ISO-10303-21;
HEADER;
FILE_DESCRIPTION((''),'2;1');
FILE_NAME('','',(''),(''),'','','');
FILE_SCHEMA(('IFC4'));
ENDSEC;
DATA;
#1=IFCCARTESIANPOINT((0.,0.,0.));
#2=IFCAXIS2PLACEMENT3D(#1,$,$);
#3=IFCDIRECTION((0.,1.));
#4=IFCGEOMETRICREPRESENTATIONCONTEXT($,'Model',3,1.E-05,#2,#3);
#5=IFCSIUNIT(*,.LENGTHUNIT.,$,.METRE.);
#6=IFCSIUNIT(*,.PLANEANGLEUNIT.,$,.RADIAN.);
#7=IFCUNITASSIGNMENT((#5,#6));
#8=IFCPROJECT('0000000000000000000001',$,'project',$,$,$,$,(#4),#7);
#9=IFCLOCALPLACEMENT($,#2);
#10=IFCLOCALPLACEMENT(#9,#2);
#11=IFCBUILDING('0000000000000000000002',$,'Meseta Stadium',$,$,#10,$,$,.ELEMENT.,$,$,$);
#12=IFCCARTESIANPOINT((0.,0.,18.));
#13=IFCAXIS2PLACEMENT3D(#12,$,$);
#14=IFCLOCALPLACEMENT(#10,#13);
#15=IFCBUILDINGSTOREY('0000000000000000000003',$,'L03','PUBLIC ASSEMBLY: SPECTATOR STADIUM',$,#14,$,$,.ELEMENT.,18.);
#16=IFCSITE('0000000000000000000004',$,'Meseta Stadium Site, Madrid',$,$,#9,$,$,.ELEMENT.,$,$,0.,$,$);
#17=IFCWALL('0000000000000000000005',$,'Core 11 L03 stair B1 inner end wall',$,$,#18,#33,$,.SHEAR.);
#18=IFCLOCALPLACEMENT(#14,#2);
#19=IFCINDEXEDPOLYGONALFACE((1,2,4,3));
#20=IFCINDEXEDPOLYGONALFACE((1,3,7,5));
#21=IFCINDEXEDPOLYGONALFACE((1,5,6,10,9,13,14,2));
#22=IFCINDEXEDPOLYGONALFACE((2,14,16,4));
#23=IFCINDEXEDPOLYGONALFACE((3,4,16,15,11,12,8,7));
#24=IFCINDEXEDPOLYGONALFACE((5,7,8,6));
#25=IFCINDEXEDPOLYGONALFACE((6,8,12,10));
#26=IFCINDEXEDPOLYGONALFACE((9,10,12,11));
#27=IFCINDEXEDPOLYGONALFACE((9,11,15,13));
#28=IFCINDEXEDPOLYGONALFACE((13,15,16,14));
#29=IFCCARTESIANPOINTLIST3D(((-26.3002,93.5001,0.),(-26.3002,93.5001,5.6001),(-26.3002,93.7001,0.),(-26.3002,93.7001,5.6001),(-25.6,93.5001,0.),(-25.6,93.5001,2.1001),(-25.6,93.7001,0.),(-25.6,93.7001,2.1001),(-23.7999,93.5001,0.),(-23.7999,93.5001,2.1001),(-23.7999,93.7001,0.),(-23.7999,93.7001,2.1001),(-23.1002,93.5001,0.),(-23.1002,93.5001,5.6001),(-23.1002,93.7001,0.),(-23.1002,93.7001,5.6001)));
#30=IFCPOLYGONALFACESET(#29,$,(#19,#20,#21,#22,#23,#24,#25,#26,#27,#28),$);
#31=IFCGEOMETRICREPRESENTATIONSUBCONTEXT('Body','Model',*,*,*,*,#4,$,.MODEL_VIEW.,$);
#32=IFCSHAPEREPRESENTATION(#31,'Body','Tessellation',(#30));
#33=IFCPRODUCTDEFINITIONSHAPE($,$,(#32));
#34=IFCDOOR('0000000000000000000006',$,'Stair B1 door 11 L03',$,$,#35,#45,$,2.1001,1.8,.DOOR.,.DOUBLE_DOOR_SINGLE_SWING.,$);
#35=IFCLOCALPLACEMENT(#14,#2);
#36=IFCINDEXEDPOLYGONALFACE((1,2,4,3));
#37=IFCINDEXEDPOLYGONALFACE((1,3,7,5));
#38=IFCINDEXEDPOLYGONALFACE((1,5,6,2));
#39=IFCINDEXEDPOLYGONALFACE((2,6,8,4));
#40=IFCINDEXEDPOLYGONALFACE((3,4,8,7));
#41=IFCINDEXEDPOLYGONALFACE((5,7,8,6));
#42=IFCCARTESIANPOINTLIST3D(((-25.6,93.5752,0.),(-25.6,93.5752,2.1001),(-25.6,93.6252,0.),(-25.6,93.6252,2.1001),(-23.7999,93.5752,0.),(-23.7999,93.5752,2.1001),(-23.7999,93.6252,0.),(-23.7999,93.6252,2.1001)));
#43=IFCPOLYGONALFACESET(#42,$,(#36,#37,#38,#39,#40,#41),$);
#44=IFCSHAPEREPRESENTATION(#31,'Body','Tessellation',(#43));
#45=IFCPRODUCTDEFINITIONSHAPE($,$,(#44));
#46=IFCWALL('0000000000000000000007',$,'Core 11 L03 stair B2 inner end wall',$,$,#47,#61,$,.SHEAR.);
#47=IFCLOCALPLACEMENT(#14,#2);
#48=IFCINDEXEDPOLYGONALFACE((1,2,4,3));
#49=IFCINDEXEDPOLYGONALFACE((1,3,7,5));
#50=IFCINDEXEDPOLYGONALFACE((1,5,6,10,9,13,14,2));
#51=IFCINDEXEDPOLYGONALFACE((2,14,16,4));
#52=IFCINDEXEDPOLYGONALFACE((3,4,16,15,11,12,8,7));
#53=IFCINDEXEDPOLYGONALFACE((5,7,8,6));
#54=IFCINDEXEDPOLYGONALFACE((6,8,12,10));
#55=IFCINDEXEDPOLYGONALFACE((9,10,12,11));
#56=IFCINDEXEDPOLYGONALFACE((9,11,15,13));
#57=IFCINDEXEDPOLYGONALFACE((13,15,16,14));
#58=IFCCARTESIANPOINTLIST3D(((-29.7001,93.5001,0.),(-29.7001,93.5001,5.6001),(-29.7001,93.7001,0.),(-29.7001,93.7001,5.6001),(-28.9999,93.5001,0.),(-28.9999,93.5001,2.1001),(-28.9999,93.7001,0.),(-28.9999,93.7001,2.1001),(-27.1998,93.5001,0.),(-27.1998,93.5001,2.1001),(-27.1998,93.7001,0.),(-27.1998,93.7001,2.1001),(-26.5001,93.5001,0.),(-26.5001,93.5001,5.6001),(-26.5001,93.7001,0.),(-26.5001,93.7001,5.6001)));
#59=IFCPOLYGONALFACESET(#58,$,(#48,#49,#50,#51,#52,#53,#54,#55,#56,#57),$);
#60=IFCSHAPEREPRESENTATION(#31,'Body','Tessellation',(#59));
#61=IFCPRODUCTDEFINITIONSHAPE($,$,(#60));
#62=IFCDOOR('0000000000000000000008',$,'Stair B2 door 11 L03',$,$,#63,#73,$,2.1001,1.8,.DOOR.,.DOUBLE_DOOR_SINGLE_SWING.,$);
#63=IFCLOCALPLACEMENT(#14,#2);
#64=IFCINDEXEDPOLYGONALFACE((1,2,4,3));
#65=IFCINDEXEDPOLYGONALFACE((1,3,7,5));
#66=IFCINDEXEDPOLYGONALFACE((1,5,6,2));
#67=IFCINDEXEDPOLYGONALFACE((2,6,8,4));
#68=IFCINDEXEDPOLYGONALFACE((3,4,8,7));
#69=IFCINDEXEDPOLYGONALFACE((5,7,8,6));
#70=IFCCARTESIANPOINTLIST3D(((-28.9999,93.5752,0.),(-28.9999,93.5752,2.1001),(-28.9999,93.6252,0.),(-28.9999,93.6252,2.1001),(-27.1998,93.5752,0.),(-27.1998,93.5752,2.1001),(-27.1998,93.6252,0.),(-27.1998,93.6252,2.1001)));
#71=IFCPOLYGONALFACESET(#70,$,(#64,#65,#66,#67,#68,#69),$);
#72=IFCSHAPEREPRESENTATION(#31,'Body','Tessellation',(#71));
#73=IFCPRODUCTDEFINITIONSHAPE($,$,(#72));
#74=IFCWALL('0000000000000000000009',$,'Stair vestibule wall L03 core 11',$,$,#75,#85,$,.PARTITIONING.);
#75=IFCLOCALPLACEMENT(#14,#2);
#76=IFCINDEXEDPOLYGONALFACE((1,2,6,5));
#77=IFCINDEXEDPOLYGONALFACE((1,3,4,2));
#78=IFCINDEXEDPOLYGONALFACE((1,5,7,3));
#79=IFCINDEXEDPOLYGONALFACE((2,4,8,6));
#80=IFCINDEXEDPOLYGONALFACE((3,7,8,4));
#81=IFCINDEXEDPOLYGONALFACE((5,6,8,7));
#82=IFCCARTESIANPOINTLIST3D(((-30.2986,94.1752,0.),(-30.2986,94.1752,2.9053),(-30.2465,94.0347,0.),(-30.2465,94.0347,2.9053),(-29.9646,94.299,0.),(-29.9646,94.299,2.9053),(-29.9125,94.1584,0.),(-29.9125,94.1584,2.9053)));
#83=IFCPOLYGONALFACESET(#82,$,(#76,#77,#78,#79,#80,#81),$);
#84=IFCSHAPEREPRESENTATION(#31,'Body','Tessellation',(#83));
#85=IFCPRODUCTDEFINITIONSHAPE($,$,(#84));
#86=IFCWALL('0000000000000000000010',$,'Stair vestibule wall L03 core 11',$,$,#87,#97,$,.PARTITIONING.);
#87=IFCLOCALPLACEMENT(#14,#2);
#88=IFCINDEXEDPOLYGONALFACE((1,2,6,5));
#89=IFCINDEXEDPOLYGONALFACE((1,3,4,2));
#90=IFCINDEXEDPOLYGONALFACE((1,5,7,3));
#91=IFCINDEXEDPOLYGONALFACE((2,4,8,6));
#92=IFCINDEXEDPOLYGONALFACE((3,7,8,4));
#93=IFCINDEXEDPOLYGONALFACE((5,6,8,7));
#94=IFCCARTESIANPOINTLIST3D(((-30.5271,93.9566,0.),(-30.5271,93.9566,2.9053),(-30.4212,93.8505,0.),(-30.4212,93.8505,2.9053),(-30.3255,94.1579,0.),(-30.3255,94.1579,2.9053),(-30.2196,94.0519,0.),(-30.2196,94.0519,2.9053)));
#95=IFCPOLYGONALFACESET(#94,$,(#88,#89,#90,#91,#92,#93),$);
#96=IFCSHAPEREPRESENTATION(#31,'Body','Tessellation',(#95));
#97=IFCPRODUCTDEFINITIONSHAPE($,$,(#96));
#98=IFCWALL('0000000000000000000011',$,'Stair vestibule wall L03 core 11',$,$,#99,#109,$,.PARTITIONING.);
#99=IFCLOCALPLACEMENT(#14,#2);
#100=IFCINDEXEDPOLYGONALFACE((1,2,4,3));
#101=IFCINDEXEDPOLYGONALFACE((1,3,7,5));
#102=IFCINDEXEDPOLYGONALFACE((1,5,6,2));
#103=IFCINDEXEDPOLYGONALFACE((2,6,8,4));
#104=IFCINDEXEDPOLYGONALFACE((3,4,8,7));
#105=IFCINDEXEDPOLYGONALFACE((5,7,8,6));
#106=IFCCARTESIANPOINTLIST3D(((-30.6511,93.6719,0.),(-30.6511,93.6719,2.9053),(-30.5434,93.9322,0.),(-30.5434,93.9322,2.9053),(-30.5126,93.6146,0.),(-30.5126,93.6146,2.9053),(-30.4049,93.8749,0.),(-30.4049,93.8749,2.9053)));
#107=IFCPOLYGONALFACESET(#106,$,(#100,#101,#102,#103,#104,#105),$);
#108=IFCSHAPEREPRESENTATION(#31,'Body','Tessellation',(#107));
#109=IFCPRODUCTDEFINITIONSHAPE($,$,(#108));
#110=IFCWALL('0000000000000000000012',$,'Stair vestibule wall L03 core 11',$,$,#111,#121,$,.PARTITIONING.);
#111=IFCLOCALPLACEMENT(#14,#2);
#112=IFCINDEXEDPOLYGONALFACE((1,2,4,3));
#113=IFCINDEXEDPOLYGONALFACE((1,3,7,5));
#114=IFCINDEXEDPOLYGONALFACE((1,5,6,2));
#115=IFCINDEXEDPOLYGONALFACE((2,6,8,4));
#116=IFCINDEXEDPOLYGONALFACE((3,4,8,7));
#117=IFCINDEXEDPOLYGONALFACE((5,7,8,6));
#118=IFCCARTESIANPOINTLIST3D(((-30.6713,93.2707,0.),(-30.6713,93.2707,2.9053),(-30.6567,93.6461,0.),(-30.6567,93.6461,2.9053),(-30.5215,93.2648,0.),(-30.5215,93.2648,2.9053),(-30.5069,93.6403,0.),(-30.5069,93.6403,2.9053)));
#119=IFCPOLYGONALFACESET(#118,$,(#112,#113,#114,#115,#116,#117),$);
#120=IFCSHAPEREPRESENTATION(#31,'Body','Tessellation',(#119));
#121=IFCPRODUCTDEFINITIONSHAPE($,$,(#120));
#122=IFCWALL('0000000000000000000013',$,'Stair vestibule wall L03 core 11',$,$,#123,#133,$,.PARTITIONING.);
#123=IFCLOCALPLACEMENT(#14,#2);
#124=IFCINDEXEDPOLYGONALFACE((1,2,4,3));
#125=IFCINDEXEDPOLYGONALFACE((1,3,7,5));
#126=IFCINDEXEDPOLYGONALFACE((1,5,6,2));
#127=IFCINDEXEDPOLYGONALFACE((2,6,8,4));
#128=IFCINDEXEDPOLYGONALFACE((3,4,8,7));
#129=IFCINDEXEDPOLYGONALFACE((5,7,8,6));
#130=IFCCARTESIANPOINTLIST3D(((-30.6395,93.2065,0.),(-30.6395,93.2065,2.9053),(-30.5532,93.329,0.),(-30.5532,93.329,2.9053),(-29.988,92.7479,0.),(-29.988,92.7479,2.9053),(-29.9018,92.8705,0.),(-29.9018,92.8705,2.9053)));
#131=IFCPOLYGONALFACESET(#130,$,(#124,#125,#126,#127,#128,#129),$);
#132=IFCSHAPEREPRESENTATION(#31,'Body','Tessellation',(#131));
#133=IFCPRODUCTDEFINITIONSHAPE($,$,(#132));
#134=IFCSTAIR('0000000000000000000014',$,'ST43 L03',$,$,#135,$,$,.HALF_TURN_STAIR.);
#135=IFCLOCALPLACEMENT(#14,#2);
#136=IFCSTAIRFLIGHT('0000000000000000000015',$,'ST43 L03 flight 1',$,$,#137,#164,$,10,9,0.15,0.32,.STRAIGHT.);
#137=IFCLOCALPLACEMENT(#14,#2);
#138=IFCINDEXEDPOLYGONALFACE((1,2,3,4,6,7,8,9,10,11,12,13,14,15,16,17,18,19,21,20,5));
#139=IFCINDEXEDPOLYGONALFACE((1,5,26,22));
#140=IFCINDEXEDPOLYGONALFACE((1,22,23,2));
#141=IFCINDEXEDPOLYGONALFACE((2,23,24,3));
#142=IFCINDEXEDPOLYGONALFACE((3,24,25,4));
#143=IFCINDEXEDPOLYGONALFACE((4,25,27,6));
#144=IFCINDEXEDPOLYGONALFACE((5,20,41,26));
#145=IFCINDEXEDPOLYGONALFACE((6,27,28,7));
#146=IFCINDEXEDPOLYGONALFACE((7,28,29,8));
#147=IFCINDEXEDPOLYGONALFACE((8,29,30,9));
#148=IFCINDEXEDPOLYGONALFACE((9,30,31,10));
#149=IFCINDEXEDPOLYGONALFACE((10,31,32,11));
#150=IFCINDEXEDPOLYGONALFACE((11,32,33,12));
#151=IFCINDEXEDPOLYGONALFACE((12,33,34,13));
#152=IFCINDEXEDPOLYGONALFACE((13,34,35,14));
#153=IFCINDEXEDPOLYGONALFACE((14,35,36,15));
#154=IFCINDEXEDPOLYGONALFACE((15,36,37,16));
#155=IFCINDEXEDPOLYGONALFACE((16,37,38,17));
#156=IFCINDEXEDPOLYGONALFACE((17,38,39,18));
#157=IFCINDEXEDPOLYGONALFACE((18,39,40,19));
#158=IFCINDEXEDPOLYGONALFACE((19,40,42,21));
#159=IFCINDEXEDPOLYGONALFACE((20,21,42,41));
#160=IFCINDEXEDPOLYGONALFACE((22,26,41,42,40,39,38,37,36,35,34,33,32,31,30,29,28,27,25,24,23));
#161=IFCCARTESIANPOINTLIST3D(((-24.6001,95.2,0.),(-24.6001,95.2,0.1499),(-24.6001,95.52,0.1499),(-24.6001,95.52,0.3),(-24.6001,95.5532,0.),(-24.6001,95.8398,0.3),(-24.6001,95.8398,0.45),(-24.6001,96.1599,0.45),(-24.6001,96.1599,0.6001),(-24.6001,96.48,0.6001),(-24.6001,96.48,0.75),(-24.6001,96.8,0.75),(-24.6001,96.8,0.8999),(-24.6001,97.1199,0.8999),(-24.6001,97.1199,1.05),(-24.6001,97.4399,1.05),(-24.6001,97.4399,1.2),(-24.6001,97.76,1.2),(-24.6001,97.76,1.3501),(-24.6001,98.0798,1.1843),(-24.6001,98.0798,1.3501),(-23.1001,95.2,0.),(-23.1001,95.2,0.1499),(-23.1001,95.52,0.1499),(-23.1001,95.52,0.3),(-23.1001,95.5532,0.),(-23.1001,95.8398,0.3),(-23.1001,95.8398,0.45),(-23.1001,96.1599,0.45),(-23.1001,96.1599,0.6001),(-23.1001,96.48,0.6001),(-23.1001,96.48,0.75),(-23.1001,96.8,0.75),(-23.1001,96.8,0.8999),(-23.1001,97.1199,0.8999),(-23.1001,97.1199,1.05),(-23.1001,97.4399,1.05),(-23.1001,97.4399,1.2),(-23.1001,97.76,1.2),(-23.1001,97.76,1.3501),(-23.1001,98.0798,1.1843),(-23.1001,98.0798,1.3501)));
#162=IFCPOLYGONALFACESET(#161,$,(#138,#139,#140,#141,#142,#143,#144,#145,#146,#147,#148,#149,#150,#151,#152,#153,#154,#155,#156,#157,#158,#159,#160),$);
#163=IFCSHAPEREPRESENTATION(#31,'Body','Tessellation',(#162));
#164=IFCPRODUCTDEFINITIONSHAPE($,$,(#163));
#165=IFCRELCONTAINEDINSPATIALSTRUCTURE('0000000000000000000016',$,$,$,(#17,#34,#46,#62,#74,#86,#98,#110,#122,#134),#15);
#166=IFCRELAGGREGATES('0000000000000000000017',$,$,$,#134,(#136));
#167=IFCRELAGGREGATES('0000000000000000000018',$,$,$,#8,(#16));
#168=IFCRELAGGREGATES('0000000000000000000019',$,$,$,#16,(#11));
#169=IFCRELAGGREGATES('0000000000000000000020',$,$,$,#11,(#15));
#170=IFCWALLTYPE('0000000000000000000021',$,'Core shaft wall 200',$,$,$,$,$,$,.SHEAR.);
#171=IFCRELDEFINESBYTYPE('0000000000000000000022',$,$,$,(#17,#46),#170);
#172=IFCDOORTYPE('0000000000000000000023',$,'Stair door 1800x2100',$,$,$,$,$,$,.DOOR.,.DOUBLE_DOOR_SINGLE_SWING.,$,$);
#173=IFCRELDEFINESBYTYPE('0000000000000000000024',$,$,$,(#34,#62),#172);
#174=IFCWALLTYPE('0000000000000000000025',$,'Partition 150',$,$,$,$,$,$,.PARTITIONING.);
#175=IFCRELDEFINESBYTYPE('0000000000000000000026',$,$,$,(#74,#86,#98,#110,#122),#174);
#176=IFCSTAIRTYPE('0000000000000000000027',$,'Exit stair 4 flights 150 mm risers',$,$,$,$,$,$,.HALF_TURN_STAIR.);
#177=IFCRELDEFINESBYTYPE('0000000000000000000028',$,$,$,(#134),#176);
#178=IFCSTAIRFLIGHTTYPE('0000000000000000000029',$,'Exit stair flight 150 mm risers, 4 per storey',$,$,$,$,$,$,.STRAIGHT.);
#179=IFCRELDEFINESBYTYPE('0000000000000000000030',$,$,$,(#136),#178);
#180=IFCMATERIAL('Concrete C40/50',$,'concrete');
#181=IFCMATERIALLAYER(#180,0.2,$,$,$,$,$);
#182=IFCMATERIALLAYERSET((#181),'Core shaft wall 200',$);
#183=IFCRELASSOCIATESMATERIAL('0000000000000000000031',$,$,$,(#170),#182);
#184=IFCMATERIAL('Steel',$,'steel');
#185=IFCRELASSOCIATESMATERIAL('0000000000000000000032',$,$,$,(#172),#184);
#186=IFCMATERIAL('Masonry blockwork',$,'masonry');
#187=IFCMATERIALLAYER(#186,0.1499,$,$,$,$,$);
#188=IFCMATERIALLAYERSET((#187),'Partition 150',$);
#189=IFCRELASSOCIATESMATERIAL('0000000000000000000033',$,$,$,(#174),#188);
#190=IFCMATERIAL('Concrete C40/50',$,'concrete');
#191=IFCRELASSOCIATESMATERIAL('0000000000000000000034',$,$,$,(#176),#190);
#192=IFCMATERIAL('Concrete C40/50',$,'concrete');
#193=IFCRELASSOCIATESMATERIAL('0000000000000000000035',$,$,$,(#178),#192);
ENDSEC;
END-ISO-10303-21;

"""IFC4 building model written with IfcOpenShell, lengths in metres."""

from ifc_helpers import new_model, si_unit, direction, frame, frame_2d, origin, place, context, subcontext, project, spatial, polyline, rectangle, outline, extrude, material, layer, layer_set, type_object, element, fill, aggregate, save


model = new_model("IFC4")

# Units and contexts
model_context = context("Model", 3, precision=1e-05, world=origin(), true_north=direction((0.0, 1.0)))
body_context = subcontext(model_context, "Body", "Model", "MODEL_VIEW")
ifc_project = project(units=[si_unit("LENGTHUNIT", "METRE"), si_unit("PLANEANGLEUNIT", "RADIAN")], contexts=[model_context])

# Site, building, storey
site_placement = place(None, origin())
site = spatial("IfcSite", under=ifc_project, at=site_placement, Name="Meseta Stadium Site, Madrid", CompositionType="ELEMENT", RefElevation=0.0)
building_placement = place(site_placement, origin())
building = spatial("IfcBuilding", under=site, at=building_placement, Name="Meseta Stadium", CompositionType="ELEMENT")
storey_placement = place(building_placement, frame((0.0, 0.0, 18.0)))
storey = spatial("IfcBuildingStorey", under=building, at=storey_placement, Name="L03", Description="PUBLIC ASSEMBLY: SPECTATOR STADIUM", CompositionType="ELEMENT", Elevation=18.0)

# Walls, openings, doors
ifc_material_1 = material(Name="Concrete C40/50", Category="concrete")
ifc_layer_1 = layer(ifc_material_1, 0.2)
ifc_layer_set_1 = layer_set([ifc_layer_1], Name="Core shaft wall 200")
wall_type_1 = type_object("IfcWallType", Name="Core shaft wall 200", PredefinedType="SHEAR", material=ifc_layer_set_1)
wall_1_placement = place(storey_placement, frame((-23.1001, 93.6001, 0.0), z_axis=(0.0, 0.0, 1.0), x_axis=(-1.0, 0.0, 0.0)))
wall_1 = element("IfcWall", 1, at=wall_1_placement, inside=storey, type_object=wall_type_1, Name="Core 11 L03 stair B1 inner end wall", PredefinedType="SHEAR", context=body_context, shape_type="SweptSolid", body=[
    extrude(rectangle(XDim=3.2, YDim=0.2, at=frame_2d((1.6001, 0.0))), origin(), (0.0, 0.0, 1.0), 5.6001),
])
opening_1_placement = place(wall_1_placement, frame((0.7, 0.0, 0.0)))
opening_1 = element("IfcOpeningElement", 2, at=opening_1_placement, cuts=wall_1, PredefinedType="OPENING", context=body_context, shape_type="SweptSolid", body=[
    extrude(rectangle(XDim=1.8, YDim=2.1001, at=frame_2d((0.8999, 1.05))), frame((0.0, 0.1099, 0.0), z_axis=(0.0, -1.0, 0.0), x_axis=(1.0, 0.0, 0.0)), (0.0, 0.0, 1.0), 0.22),
])
ifc_material_2 = material(Name="Steel", Category="steel")
door_type = type_object("IfcDoorType", Name="Stair door 1800x2100", OperationType="DOUBLE_DOOR_SINGLE_SWING", PredefinedType="DOOR", material=ifc_material_2)
door_1_placement = place(opening_1_placement, origin())
door_1 = element("IfcDoor", 3, at=door_1_placement, inside=storey, type_object=door_type, Name="Stair B1 door 11 L03", OperationType="DOUBLE_DOOR_SINGLE_SWING", OverallHeight=2.1001, OverallWidth=1.8, PredefinedType="DOOR", context=body_context, shape_type="SweptSolid", body=[
    extrude(rectangle(XDim=1.8, YDim=2.1001, at=frame_2d((0.8999, 1.05))), frame((0.0, 0.0249, 0.0), z_axis=(0.0, -1.0, 0.0), x_axis=(1.0, 0.0, 0.0)), (0.0, 0.0, 1.0), 0.05),
])
fill(opening_1, door_1)
wall_2_placement = place(storey_placement, frame((-26.5, 93.6001, 0.0), z_axis=(0.0, 0.0, 1.0), x_axis=(-1.0, 0.0, 0.0)))
wall_2 = element("IfcWall", 4, at=wall_2_placement, inside=storey, type_object=wall_type_1, Name="Core 11 L03 stair B2 inner end wall", PredefinedType="SHEAR", context=body_context, shape_type="SweptSolid", body=[
    extrude(rectangle(XDim=3.2, YDim=0.2, at=frame_2d((1.6001, 0.0))), origin(), (0.0, 0.0, 1.0), 5.6001),
])
opening_2_placement = place(wall_2_placement, frame((0.7, 0.0, 0.0)))
opening_2 = element("IfcOpeningElement", 5, at=opening_2_placement, cuts=wall_2, PredefinedType="OPENING", context=body_context, shape_type="SweptSolid", body=[
    extrude(rectangle(XDim=1.8, YDim=2.1001, at=frame_2d((0.8999, 1.05))), frame((0.0, 0.1099, 0.0), z_axis=(0.0, -1.0, 0.0), x_axis=(1.0, 0.0, 0.0)), (0.0, 0.0, 1.0), 0.22),
])
door_2_placement = place(opening_2_placement, origin())
door_2 = element("IfcDoor", 6, at=door_2_placement, inside=storey, type_object=door_type, Name="Stair B2 door 11 L03", OperationType="DOUBLE_DOOR_SINGLE_SWING", OverallHeight=2.1001, OverallWidth=1.8, PredefinedType="DOOR", context=body_context, shape_type="SweptSolid", body=[
    extrude(rectangle(XDim=1.8, YDim=2.1001, at=frame_2d((0.8999, 1.05))), frame((0.0, 0.0249, 0.0), z_axis=(0.0, -1.0, 0.0), x_axis=(1.0, 0.0, 0.0)), (0.0, 0.0, 1.0), 0.05),
])
fill(opening_2, door_2)

# Walls
ifc_material_3 = material(Name="Masonry blockwork", Category="masonry")
ifc_layer_2 = layer(ifc_material_3, 0.1499)
ifc_layer_set_2 = layer_set([ifc_layer_2], Name="Partition 150")
wall_type_2 = type_object("IfcWallType", Name="Partition 150", PredefinedType="PARTITIONING", material=ifc_layer_set_2)
wall_3_placement = place(storey_placement, frame((-29.9385, 94.2288, 0.0), z_axis=(0.0, 0.0, 1.0), x_axis=(-0.937674, -0.347515, 0.0)))
element("IfcWall", 7, at=wall_3_placement, inside=storey, type_object=wall_type_2, Name="Stair vestibule wall L03 core 11", PredefinedType="PARTITIONING", context=body_context, shape_type="SweptSolid", body=[
    extrude(rectangle(XDim=0.3562, YDim=0.1499, at=frame_2d((0.1782, 0.0))), origin(), (0.0, 0.0, 1.0), 2.9053),
])
wall_4_placement = place(storey_placement, frame((-30.2725, 94.105, 0.0), z_axis=(0.0, 0.0, 1.0), x_axis=(-0.707535, -0.706678, 0.0)))
element("IfcWall", 8, at=wall_4_placement, inside=storey, type_object=wall_type_2, Name="Stair vestibule wall L03 core 11", PredefinedType="PARTITIONING", context=body_context, shape_type="SweptSolid", body=[
    extrude(rectangle(XDim=0.2849, YDim=0.1499, at=frame_2d((0.1426, 0.0))), origin(), (0.0, 0.0, 1.0), 2.9053),
])
wall_5_placement = place(storey_placement, frame((-30.4741, 93.9036, 0.0), z_axis=(0.0, 0.0, 1.0), x_axis=(-0.382275, -0.924049, 0.0)))
element("IfcWall", 9, at=wall_5_placement, inside=storey, type_object=wall_type_2, Name="Stair vestibule wall L03 core 11", PredefinedType="PARTITIONING", context=body_context, shape_type="SweptSolid", body=[
    extrude(rectangle(XDim=0.2817, YDim=0.1499, at=frame_2d((0.1409, 0.0))), origin(), (0.0, 0.0, 1.0), 2.9053),
])
wall_6_placement = place(storey_placement, frame((-30.5818, 93.6433, 0.0), z_axis=(0.0, 0.0, 1.0), x_axis=(-0.038982, -0.99924, 0.0)))
element("IfcWall", 10, at=wall_6_placement, inside=storey, type_object=wall_type_2, Name="Stair vestibule wall L03 core 11", PredefinedType="PARTITIONING", context=body_context, shape_type="SweptSolid", body=[
    extrude(rectangle(XDim=0.3757, YDim=0.1499, at=frame_2d((0.188, 0.0))), origin(), (0.0, 0.0, 1.0), 2.9053),
])
wall_7_placement = place(storey_placement, frame((-30.5964, 93.2678, 0.0), z_axis=(0.0, 0.0, 1.0), x_axis=(0.817732, -0.5756, 0.0)))
element("IfcWall", 11, at=wall_7_placement, inside=storey, type_object=wall_type_2, Name="Stair vestibule wall L03 core 11", PredefinedType="PARTITIONING", context=body_context, shape_type="SweptSolid", body=[
    extrude(rectangle(XDim=0.7966, YDim=0.1499, at=frame_2d((0.3984, 0.0))), origin(), (0.0, 0.0, 1.0), 2.9053),
])

# Stair, stair flight
ifc_material_4 = material(Name="Concrete C40/50", Category="concrete")
stair_type = type_object("IfcStairType", Name="Exit stair 4 flights 150 mm risers", PredefinedType="HALF_TURN_STAIR", material=ifc_material_4)
stair_1_placement = place(storey_placement, origin())
stair_1 = element("IfcStair", 12, at=stair_1_placement, inside=storey, type_object=stair_type, Name="ST43 L03", PredefinedType="HALF_TURN_STAIR")
ifc_material_5 = material(Name="Concrete C40/50", Category="concrete")
stair_flight_type = type_object("IfcStairFlightType", Name="Exit stair flight 150 mm risers, 4 per storey", PredefinedType="STRAIGHT", material=ifc_material_5)
stair_flight_1_placement = place(storey_placement, frame((-23.8501, 95.2, 0.0), z_axis=(0.0, 0.0, 1.0), x_axis=(0.0, 1.0, 0.0)))
stair_flight_1 = element("IfcStairFlight", 13, at=stair_flight_1_placement, type_object=stair_flight_type, Name="ST43 L03 flight 1", NumberOfRisers=10, NumberOfTreads=9, PredefinedType="STRAIGHT", RiserHeight=0.15, TreadLength=0.32, context=body_context, shape_type="SweptSolid", body=[
    extrude(outline(polyline([(0.0, 0.0), (0.0, 0.1499), (0.3201, 0.1499), (0.3201, 0.3), (0.6399, 0.3), (0.6399, 0.45), (0.96, 0.45), (0.96, 0.6001), (1.28, 0.6001), (1.28, 0.75), (1.6001, 0.75), (1.6001, 0.8999), (1.9199, 0.8999), (1.9199, 1.05), (2.24, 1.05), (2.24, 1.2), (2.5601, 1.2), (2.5601, 1.3501), (2.8799, 1.3501), (2.8799, 1.1843), (0.3533, 0.0), (0.0, 0.0)])), frame((0.0, 0.75, 0.0), z_axis=(0.0, -1.0, 0.0), x_axis=(1.0, 0.0, 0.0)), (0.0, 0.0, 1.0), 1.5),
])
aggregate(stair_1, [stair_flight_1])

save(model, "model.ifc")
